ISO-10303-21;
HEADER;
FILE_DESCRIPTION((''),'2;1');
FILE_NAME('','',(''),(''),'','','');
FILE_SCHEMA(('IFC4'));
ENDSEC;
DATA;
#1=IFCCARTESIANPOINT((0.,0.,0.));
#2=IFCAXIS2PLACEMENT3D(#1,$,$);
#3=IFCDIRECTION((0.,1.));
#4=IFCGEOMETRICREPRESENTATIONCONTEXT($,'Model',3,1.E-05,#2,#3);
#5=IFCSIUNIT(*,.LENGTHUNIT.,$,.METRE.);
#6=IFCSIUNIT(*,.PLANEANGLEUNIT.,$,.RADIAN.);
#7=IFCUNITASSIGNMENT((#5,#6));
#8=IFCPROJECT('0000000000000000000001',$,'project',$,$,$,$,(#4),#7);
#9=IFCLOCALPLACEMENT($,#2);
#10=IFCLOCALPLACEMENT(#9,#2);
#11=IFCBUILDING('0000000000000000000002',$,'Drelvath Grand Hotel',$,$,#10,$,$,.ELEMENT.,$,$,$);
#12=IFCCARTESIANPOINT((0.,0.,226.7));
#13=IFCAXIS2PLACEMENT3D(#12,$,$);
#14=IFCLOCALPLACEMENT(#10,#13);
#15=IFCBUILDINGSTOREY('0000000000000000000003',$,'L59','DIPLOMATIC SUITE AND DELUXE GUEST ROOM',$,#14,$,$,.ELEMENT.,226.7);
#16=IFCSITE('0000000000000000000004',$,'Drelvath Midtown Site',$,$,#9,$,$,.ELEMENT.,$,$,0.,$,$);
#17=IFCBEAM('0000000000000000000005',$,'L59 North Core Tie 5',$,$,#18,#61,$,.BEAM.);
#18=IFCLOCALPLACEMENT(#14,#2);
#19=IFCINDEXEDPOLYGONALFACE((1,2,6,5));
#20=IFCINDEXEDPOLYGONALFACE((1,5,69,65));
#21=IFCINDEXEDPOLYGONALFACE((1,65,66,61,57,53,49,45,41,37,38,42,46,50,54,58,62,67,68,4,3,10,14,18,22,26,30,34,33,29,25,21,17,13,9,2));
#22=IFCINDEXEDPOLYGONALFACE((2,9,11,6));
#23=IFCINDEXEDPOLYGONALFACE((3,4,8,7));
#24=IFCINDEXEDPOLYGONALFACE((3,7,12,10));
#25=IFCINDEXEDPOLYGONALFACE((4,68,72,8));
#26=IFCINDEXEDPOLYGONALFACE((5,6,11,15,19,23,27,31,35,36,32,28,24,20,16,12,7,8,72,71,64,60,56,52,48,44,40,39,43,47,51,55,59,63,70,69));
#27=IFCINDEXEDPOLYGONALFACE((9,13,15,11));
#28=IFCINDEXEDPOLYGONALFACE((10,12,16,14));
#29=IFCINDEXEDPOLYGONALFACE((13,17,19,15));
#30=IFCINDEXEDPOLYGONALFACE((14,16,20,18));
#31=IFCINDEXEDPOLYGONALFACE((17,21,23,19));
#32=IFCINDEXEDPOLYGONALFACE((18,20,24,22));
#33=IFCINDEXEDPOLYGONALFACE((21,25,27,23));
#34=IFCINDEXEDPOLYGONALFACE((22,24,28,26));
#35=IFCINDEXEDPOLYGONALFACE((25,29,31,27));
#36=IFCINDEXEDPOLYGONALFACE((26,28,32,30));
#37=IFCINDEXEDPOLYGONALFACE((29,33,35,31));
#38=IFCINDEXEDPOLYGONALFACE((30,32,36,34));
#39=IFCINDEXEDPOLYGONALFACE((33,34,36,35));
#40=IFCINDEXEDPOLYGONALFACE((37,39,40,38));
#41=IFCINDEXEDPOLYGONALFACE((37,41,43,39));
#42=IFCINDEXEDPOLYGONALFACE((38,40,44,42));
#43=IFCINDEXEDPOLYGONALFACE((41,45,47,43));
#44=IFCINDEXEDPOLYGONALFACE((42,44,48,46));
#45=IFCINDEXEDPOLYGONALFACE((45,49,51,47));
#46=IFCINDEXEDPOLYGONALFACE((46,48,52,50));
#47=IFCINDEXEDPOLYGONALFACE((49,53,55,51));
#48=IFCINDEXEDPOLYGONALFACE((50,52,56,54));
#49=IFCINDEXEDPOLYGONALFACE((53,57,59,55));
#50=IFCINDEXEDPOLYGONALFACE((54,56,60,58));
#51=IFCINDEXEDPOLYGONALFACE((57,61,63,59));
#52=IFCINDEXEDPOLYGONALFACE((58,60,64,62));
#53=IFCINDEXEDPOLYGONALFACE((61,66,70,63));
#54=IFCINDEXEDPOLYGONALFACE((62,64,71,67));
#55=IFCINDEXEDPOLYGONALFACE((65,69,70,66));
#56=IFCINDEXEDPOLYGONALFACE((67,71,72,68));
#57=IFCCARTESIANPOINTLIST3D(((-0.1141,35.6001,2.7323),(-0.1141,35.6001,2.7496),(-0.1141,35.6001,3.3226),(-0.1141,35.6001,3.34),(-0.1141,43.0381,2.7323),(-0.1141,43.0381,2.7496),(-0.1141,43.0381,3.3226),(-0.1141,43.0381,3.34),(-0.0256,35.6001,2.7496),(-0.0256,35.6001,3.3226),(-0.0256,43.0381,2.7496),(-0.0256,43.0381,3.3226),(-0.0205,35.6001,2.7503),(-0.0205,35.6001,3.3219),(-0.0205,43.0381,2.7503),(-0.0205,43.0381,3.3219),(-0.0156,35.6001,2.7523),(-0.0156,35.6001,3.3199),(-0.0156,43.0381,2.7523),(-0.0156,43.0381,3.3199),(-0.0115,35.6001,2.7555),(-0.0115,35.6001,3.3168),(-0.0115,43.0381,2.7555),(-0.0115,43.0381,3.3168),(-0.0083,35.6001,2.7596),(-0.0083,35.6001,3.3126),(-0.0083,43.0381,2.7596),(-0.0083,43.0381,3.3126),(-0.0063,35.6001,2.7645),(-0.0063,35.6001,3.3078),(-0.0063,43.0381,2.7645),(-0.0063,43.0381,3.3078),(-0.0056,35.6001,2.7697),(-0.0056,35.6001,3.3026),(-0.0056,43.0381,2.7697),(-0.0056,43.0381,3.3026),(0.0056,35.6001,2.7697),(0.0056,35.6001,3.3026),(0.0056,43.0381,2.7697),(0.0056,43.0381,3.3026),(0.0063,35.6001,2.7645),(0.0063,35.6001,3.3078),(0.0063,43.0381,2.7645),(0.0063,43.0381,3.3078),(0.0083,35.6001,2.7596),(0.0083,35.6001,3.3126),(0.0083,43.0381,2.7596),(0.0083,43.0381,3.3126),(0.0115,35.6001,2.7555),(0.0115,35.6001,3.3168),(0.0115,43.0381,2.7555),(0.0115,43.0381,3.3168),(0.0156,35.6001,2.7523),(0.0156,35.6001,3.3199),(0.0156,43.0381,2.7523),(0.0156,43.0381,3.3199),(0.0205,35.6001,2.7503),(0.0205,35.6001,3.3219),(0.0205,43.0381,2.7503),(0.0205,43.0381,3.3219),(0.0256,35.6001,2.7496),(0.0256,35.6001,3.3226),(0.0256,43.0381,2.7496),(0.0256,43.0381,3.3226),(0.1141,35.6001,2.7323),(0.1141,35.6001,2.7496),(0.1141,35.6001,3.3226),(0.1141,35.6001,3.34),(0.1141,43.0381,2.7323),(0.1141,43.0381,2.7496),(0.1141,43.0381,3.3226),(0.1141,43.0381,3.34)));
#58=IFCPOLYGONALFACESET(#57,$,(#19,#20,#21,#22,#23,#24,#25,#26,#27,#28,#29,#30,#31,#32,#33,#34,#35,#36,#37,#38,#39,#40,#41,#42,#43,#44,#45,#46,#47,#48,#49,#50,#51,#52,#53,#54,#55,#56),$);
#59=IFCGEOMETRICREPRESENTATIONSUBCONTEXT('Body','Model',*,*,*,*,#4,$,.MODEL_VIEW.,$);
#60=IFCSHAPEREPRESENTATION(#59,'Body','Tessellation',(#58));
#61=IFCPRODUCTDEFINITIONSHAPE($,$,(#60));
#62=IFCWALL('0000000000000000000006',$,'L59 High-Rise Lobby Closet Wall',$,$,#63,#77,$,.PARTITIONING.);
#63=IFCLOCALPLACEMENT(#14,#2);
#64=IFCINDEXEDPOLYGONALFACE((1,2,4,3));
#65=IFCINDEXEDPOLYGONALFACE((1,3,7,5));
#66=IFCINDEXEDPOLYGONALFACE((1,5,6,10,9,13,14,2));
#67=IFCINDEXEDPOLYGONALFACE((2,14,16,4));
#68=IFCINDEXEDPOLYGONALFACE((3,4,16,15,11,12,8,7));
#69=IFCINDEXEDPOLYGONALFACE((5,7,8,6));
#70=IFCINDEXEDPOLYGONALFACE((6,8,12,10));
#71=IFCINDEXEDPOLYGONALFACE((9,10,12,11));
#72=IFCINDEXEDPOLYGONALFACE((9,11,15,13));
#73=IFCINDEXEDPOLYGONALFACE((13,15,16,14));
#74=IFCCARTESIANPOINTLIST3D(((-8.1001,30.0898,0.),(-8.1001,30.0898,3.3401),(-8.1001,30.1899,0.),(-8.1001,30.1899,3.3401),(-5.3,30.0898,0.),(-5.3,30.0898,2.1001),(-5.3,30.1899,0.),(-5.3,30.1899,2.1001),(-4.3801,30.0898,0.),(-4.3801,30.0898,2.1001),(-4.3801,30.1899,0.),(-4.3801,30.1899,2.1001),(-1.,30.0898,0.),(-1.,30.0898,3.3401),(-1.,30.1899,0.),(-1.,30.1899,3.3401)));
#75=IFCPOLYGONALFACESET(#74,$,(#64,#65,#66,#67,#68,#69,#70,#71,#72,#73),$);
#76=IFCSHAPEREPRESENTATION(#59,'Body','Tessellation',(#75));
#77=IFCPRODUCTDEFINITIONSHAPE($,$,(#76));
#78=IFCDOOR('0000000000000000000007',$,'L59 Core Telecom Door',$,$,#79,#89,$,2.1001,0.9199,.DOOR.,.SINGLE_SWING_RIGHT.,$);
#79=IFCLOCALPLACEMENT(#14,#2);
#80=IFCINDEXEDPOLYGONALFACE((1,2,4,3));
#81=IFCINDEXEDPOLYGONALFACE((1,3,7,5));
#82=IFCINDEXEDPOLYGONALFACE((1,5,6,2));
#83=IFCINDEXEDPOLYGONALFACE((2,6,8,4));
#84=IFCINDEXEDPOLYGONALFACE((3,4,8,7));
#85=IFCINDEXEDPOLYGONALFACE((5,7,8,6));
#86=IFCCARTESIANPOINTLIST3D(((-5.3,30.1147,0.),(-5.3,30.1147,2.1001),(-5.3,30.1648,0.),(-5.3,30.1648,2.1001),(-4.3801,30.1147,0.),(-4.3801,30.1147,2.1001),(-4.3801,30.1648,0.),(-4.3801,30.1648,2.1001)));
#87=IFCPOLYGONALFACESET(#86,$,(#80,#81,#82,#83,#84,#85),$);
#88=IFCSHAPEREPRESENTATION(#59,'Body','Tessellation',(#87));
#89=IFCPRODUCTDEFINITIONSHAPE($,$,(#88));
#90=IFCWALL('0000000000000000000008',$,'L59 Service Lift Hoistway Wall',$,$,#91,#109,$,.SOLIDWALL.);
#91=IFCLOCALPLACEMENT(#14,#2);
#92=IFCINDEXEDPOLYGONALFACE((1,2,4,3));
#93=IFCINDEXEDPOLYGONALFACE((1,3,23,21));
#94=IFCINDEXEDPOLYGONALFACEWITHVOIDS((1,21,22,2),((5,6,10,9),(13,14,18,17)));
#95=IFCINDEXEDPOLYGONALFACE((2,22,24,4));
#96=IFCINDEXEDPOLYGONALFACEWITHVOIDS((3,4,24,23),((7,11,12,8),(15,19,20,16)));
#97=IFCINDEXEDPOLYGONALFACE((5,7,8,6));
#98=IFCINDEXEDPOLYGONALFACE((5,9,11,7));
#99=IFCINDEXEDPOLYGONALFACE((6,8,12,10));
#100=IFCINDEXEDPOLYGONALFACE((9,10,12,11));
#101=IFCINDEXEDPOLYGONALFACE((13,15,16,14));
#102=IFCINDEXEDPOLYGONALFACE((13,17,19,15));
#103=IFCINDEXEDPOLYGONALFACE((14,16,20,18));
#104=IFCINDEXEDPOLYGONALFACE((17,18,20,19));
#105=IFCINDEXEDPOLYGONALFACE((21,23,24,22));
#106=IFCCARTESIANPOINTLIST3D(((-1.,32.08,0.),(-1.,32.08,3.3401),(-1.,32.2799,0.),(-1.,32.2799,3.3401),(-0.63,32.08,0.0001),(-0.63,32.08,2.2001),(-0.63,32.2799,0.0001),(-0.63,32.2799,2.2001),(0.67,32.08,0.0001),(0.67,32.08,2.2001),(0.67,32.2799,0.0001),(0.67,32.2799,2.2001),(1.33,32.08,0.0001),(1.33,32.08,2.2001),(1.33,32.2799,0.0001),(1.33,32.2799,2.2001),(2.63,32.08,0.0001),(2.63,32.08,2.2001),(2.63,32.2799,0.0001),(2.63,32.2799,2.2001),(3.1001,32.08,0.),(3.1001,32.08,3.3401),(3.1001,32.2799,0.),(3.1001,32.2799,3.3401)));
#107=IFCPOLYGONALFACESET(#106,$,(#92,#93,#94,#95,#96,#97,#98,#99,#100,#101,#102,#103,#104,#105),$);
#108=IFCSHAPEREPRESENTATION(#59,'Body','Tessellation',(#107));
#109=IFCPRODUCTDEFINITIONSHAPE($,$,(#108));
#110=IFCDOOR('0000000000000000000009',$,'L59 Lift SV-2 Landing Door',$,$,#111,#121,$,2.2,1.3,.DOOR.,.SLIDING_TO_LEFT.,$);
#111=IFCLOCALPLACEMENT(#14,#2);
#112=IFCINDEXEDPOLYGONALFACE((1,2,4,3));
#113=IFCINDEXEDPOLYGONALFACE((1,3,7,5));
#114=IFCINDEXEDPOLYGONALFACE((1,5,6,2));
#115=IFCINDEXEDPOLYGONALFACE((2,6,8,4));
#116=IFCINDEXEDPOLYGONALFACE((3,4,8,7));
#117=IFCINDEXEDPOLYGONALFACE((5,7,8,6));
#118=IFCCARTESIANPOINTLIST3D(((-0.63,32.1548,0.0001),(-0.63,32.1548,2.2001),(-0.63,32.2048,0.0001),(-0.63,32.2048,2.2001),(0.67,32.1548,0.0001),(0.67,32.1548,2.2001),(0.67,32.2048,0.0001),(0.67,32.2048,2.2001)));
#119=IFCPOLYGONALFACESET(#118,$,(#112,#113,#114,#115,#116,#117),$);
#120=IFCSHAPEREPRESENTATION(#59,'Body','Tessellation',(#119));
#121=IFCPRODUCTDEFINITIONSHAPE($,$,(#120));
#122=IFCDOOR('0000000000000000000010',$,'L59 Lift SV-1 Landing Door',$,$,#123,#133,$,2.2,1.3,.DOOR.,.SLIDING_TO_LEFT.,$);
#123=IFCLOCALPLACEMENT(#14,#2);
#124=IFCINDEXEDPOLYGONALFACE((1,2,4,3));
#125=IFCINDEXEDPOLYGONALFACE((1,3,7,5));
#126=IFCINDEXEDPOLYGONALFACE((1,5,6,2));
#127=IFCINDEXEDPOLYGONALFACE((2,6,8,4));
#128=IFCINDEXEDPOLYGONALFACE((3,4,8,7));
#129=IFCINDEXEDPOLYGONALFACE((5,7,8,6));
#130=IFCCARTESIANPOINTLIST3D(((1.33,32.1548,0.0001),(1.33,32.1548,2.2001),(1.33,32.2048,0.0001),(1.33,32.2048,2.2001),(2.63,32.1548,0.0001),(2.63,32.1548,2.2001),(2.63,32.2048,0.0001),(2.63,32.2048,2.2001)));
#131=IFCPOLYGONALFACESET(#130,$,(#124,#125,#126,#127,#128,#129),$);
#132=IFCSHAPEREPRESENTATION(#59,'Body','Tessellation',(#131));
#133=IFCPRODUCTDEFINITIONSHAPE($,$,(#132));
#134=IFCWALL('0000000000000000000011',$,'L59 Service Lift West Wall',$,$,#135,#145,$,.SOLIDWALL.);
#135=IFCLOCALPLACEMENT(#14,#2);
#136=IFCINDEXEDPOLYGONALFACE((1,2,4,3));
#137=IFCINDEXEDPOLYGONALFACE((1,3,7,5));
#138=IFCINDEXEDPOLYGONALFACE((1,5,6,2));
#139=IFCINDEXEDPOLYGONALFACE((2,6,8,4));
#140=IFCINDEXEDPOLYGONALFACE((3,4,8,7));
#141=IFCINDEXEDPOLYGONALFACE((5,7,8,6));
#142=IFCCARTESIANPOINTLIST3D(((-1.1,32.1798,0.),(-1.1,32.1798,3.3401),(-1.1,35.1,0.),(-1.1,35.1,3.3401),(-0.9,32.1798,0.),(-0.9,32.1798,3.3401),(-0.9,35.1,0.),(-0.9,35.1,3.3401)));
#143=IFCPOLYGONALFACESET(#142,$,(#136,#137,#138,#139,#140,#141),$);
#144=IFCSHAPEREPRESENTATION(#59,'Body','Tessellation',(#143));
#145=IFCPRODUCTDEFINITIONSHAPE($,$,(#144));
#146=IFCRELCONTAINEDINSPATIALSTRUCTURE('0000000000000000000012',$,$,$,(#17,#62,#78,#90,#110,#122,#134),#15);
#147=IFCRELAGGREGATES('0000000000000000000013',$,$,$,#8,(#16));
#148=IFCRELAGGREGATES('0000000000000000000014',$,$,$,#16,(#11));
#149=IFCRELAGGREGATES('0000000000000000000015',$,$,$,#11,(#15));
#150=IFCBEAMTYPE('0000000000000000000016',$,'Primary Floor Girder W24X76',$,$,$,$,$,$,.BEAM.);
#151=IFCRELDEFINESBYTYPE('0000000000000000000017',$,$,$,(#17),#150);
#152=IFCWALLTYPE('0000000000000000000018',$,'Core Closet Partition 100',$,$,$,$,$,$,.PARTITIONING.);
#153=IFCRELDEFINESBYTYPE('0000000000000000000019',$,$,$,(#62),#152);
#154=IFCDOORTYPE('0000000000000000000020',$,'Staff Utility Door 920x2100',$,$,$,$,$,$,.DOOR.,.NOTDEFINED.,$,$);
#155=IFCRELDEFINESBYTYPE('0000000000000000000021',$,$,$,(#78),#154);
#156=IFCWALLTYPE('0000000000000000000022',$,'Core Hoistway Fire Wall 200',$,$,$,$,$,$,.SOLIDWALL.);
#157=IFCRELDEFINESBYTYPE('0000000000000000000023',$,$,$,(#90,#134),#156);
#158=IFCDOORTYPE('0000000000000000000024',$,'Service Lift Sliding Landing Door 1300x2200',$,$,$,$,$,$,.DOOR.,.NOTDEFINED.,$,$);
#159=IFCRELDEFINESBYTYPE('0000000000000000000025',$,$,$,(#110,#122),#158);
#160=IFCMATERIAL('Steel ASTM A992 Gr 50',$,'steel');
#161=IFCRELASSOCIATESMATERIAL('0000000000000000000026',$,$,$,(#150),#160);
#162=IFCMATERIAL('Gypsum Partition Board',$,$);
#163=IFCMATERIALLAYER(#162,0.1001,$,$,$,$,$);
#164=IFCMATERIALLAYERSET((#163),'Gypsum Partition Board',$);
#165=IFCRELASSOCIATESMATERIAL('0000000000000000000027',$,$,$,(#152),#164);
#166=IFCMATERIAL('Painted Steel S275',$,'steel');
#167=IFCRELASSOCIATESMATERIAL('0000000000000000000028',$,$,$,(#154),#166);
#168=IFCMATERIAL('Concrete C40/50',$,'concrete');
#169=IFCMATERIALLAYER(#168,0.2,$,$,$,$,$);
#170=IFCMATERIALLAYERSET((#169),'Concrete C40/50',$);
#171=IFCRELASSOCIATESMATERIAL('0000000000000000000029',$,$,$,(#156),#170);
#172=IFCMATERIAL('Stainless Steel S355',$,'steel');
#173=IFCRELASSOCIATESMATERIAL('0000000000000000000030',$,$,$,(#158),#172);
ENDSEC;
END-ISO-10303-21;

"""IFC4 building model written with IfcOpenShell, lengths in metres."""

from ifc_helpers import new_model, si_unit, direction, frame, frame_2d, origin, origin_2d, place, context, subcontext, project, spatial, rectangle, i_section, extrude, material, layer, layer_set, material_profile, profile_set, type_object, element, fill, save


model = new_model("IFC4")

# Units and contexts
model_context = context("Model", 3, precision=1e-05, world=origin(), true_north=direction((0.0, 1.0)))
body_context = subcontext(model_context, "Body", "Model", "MODEL_VIEW")
ifc_project = project(units=[si_unit("LENGTHUNIT", "METRE"), si_unit("PLANEANGLEUNIT", "RADIAN")], contexts=[model_context])

# Site, building, storey
site_placement = place(None, origin())
site = spatial("IfcSite", under=ifc_project, at=site_placement, Name="Drelvath Midtown Site", CompositionType="ELEMENT", RefElevation=0.0)
building_placement = place(site_placement, origin())
building = spatial("IfcBuilding", under=site, at=building_placement, Name="Drelvath Grand Hotel", CompositionType="ELEMENT")
storey_placement = place(building_placement, frame((0.0, 0.0, 226.7)))
storey = spatial("IfcBuildingStorey", under=building, at=storey_placement, Name="L59", Description="DIPLOMATIC SUITE AND DELUXE GUEST ROOM", CompositionType="ELEMENT", Elevation=226.7)

# Beam
ifc_material_1 = material(Name="Steel ASTM A992 Gr 50", Category="steel")
ifc_material_profile = material_profile(ifc_material_1, i_section(OverallWidth=0.2283, OverallDepth=0.6077, WebThickness=0.0112, FlangeThickness=0.0173, FilletRadius=0.02, at=origin_2d()), Name="W24X76")
ifc_profile_set = profile_set([ifc_material_profile], Name="Steel ASTM A992 Gr 50")
beam_type = type_object("IfcBeamType", Name="Primary Floor Girder W24X76", PredefinedType="BEAM", material=ifc_profile_set)
beam_placement = place(storey_placement, frame((0.0, 35.6001, 3.0361), z_axis=(0.0, 1.0, 0.0), x_axis=(-1.0, 0.0, 0.0)))
element("IfcBeam", 1, at=beam_placement, inside=storey, type_object=beam_type, Name="L59 North Core Tie 5", PredefinedType="BEAM", context=body_context, shape_type="SweptSolid", body=[
    extrude(i_section(OverallWidth=0.2283, OverallDepth=0.6077, WebThickness=0.0112, FlangeThickness=0.0173, FilletRadius=0.02, at=origin_2d()), origin(), (0.0, 0.0, 1.0), 7.438),
])

# Wall, opening, door
ifc_material_2 = material(Name="Gypsum Partition Board")
ifc_layer_1 = layer(ifc_material_2, 0.1001)
ifc_layer_set_1 = layer_set([ifc_layer_1], Name="Gypsum Partition Board")
wall_type_1 = type_object("IfcWallType", Name="Core Closet Partition 100", PredefinedType="PARTITIONING", material=ifc_layer_set_1)
wall_1_placement = place(storey_placement, frame((-8.1001, 30.1399, 0.0), z_axis=(0.0, 0.0, 1.0), x_axis=(1.0, 0.0, 0.0)))
wall_1 = element("IfcWall", 2, at=wall_1_placement, inside=storey, type_object=wall_type_1, Name="L59 High-Rise Lobby Closet Wall", PredefinedType="PARTITIONING", context=body_context, shape_type="SweptSolid", body=[
    extrude(rectangle(XDim=7.1001, YDim=0.1001, at=frame_2d((3.55, 0.0))), origin(), (0.0, 0.0, 1.0), 3.3401),
])
opening_1_placement = place(wall_1_placement, frame((2.8, 0.0, 0.0)))
opening_1 = element("IfcOpeningElement", 3, at=opening_1_placement, cuts=wall_1, PredefinedType="OPENING", context=body_context, shape_type="SweptSolid", body=[
    extrude(rectangle(XDim=0.9199, YDim=2.1001, at=frame_2d((0.46, 1.05))), frame((0.0, 0.0601, 0.0), z_axis=(0.0, -1.0, 0.0), x_axis=(1.0, 0.0, 0.0)), (0.0, 0.0, 1.0), 0.1201),
])
ifc_material_3 = material(Name="Painted Steel S275", Category="steel")
door_type_1 = type_object("IfcDoorType", Name="Staff Utility Door 920x2100", OperationType="NOTDEFINED", PredefinedType="DOOR", material=ifc_material_3)
door_1_placement = place(opening_1_placement, origin())
door_1 = element("IfcDoor", 4, at=door_1_placement, inside=storey, type_object=door_type_1, Name="L59 Core Telecom Door", OperationType="SINGLE_SWING_RIGHT", OverallHeight=2.1001, OverallWidth=0.9199, PredefinedType="DOOR", context=body_context, shape_type="SweptSolid", body=[
    extrude(rectangle(XDim=0.9199, YDim=2.1001, at=frame_2d((0.46, 1.05))), frame((0.0, 0.0249, 0.0), z_axis=(0.0, -1.0, 0.0), x_axis=(1.0, 0.0, 0.0)), (0.0, 0.0, 1.0), 0.05),
])
fill(opening_1, door_1)

# Wall, openings, doors
ifc_material_4 = material(Name="Concrete C40/50", Category="concrete")
ifc_layer_2 = layer(ifc_material_4, 0.2)
ifc_layer_set_2 = layer_set([ifc_layer_2], Name="Concrete C40/50")
wall_type_2 = type_object("IfcWallType", Name="Core Hoistway Fire Wall 200", PredefinedType="SOLIDWALL", material=ifc_layer_set_2)
wall_2_placement = place(storey_placement, frame((-1.0, 32.1799, 0.0), z_axis=(0.0, 0.0, 1.0), x_axis=(1.0, 0.0, 0.0)))
wall_2 = element("IfcWall", 5, at=wall_2_placement, inside=storey, type_object=wall_type_2, Name="L59 Service Lift Hoistway Wall", PredefinedType="SOLIDWALL", context=body_context, shape_type="SweptSolid", body=[
    extrude(rectangle(XDim=4.1001, YDim=0.2, at=frame_2d((2.05, 0.0))), origin(), (0.0, 0.0, 1.0), 3.3401),
])
opening_2_placement = place(wall_2_placement, frame((0.3701, 0.0, 0.0)))
opening_2 = element("IfcOpeningElement", 6, at=opening_2_placement, cuts=wall_2, PredefinedType="OPENING", context=body_context, shape_type="SweptSolid", body=[
    extrude(rectangle(XDim=1.3, YDim=2.2, at=frame_2d((0.6499, 1.1001))), frame((0.0, 0.1099, 0.0), z_axis=(0.0, -1.0, 0.0), x_axis=(1.0, 0.0, 0.0)), (0.0, 0.0, 1.0), 0.22),
])
opening_3_placement = place(wall_2_placement, frame((2.3301, 0.0, 0.0)))
opening_3 = element("IfcOpeningElement", 7, at=opening_3_placement, cuts=wall_2, PredefinedType="OPENING", context=body_context, shape_type="SweptSolid", body=[
    extrude(rectangle(XDim=1.3, YDim=2.2, at=frame_2d((0.6499, 1.1001))), frame((0.0, 0.1099, 0.0), z_axis=(0.0, -1.0, 0.0), x_axis=(1.0, 0.0, 0.0)), (0.0, 0.0, 1.0), 0.22),
])
ifc_material_5 = material(Name="Stainless Steel S355", Category="steel")
door_type_2 = type_object("IfcDoorType", Name="Service Lift Sliding Landing Door 1300x2200", OperationType="NOTDEFINED", PredefinedType="DOOR", material=ifc_material_5)
door_2_placement = place(opening_2_placement, origin())
door_2 = element("IfcDoor", 8, at=door_2_placement, inside=storey, type_object=door_type_2, Name="L59 Lift SV-2 Landing Door", OperationType="SLIDING_TO_LEFT", OverallHeight=2.2, OverallWidth=1.3, PredefinedType="DOOR", context=body_context, shape_type="SweptSolid", body=[
    extrude(rectangle(XDim=1.3, YDim=2.2, at=frame_2d((0.6499, 1.1001))), frame((0.0, 0.0249, 0.0), z_axis=(0.0, -1.0, 0.0), x_axis=(1.0, 0.0, 0.0)), (0.0, 0.0, 1.0), 0.05),
])
fill(opening_2, door_2)
door_3_placement = place(opening_3_placement, origin())
door_3 = element("IfcDoor", 9, at=door_3_placement, inside=storey, type_object=door_type_2, Name="L59 Lift SV-1 Landing Door", OperationType="SLIDING_TO_LEFT", OverallHeight=2.2, OverallWidth=1.3, PredefinedType="DOOR", context=body_context, shape_type="SweptSolid", body=[
    extrude(rectangle(XDim=1.3, YDim=2.2, at=frame_2d((0.6499, 1.1001))), frame((0.0, 0.0249, 0.0), z_axis=(0.0, -1.0, 0.0), x_axis=(1.0, 0.0, 0.0)), (0.0, 0.0, 1.0), 0.05),
])
fill(opening_3, door_3)

# Wall
wall_3_placement = place(storey_placement, frame((-1.0, 32.1799, 0.0), z_axis=(0.0, 0.0, 1.0), x_axis=(0.0, 1.0, 0.0)))
element("IfcWall", 10, at=wall_3_placement, inside=storey, type_object=wall_type_2, Name="L59 Service Lift West Wall", PredefinedType="SOLIDWALL", context=body_context, shape_type="SweptSolid", body=[
    extrude(rectangle(XDim=2.9202, YDim=0.2, at=frame_2d((1.46, 0.0))), origin(), (0.0, 0.0, 1.0), 3.3401),
])

save(model, "model.ifc")
